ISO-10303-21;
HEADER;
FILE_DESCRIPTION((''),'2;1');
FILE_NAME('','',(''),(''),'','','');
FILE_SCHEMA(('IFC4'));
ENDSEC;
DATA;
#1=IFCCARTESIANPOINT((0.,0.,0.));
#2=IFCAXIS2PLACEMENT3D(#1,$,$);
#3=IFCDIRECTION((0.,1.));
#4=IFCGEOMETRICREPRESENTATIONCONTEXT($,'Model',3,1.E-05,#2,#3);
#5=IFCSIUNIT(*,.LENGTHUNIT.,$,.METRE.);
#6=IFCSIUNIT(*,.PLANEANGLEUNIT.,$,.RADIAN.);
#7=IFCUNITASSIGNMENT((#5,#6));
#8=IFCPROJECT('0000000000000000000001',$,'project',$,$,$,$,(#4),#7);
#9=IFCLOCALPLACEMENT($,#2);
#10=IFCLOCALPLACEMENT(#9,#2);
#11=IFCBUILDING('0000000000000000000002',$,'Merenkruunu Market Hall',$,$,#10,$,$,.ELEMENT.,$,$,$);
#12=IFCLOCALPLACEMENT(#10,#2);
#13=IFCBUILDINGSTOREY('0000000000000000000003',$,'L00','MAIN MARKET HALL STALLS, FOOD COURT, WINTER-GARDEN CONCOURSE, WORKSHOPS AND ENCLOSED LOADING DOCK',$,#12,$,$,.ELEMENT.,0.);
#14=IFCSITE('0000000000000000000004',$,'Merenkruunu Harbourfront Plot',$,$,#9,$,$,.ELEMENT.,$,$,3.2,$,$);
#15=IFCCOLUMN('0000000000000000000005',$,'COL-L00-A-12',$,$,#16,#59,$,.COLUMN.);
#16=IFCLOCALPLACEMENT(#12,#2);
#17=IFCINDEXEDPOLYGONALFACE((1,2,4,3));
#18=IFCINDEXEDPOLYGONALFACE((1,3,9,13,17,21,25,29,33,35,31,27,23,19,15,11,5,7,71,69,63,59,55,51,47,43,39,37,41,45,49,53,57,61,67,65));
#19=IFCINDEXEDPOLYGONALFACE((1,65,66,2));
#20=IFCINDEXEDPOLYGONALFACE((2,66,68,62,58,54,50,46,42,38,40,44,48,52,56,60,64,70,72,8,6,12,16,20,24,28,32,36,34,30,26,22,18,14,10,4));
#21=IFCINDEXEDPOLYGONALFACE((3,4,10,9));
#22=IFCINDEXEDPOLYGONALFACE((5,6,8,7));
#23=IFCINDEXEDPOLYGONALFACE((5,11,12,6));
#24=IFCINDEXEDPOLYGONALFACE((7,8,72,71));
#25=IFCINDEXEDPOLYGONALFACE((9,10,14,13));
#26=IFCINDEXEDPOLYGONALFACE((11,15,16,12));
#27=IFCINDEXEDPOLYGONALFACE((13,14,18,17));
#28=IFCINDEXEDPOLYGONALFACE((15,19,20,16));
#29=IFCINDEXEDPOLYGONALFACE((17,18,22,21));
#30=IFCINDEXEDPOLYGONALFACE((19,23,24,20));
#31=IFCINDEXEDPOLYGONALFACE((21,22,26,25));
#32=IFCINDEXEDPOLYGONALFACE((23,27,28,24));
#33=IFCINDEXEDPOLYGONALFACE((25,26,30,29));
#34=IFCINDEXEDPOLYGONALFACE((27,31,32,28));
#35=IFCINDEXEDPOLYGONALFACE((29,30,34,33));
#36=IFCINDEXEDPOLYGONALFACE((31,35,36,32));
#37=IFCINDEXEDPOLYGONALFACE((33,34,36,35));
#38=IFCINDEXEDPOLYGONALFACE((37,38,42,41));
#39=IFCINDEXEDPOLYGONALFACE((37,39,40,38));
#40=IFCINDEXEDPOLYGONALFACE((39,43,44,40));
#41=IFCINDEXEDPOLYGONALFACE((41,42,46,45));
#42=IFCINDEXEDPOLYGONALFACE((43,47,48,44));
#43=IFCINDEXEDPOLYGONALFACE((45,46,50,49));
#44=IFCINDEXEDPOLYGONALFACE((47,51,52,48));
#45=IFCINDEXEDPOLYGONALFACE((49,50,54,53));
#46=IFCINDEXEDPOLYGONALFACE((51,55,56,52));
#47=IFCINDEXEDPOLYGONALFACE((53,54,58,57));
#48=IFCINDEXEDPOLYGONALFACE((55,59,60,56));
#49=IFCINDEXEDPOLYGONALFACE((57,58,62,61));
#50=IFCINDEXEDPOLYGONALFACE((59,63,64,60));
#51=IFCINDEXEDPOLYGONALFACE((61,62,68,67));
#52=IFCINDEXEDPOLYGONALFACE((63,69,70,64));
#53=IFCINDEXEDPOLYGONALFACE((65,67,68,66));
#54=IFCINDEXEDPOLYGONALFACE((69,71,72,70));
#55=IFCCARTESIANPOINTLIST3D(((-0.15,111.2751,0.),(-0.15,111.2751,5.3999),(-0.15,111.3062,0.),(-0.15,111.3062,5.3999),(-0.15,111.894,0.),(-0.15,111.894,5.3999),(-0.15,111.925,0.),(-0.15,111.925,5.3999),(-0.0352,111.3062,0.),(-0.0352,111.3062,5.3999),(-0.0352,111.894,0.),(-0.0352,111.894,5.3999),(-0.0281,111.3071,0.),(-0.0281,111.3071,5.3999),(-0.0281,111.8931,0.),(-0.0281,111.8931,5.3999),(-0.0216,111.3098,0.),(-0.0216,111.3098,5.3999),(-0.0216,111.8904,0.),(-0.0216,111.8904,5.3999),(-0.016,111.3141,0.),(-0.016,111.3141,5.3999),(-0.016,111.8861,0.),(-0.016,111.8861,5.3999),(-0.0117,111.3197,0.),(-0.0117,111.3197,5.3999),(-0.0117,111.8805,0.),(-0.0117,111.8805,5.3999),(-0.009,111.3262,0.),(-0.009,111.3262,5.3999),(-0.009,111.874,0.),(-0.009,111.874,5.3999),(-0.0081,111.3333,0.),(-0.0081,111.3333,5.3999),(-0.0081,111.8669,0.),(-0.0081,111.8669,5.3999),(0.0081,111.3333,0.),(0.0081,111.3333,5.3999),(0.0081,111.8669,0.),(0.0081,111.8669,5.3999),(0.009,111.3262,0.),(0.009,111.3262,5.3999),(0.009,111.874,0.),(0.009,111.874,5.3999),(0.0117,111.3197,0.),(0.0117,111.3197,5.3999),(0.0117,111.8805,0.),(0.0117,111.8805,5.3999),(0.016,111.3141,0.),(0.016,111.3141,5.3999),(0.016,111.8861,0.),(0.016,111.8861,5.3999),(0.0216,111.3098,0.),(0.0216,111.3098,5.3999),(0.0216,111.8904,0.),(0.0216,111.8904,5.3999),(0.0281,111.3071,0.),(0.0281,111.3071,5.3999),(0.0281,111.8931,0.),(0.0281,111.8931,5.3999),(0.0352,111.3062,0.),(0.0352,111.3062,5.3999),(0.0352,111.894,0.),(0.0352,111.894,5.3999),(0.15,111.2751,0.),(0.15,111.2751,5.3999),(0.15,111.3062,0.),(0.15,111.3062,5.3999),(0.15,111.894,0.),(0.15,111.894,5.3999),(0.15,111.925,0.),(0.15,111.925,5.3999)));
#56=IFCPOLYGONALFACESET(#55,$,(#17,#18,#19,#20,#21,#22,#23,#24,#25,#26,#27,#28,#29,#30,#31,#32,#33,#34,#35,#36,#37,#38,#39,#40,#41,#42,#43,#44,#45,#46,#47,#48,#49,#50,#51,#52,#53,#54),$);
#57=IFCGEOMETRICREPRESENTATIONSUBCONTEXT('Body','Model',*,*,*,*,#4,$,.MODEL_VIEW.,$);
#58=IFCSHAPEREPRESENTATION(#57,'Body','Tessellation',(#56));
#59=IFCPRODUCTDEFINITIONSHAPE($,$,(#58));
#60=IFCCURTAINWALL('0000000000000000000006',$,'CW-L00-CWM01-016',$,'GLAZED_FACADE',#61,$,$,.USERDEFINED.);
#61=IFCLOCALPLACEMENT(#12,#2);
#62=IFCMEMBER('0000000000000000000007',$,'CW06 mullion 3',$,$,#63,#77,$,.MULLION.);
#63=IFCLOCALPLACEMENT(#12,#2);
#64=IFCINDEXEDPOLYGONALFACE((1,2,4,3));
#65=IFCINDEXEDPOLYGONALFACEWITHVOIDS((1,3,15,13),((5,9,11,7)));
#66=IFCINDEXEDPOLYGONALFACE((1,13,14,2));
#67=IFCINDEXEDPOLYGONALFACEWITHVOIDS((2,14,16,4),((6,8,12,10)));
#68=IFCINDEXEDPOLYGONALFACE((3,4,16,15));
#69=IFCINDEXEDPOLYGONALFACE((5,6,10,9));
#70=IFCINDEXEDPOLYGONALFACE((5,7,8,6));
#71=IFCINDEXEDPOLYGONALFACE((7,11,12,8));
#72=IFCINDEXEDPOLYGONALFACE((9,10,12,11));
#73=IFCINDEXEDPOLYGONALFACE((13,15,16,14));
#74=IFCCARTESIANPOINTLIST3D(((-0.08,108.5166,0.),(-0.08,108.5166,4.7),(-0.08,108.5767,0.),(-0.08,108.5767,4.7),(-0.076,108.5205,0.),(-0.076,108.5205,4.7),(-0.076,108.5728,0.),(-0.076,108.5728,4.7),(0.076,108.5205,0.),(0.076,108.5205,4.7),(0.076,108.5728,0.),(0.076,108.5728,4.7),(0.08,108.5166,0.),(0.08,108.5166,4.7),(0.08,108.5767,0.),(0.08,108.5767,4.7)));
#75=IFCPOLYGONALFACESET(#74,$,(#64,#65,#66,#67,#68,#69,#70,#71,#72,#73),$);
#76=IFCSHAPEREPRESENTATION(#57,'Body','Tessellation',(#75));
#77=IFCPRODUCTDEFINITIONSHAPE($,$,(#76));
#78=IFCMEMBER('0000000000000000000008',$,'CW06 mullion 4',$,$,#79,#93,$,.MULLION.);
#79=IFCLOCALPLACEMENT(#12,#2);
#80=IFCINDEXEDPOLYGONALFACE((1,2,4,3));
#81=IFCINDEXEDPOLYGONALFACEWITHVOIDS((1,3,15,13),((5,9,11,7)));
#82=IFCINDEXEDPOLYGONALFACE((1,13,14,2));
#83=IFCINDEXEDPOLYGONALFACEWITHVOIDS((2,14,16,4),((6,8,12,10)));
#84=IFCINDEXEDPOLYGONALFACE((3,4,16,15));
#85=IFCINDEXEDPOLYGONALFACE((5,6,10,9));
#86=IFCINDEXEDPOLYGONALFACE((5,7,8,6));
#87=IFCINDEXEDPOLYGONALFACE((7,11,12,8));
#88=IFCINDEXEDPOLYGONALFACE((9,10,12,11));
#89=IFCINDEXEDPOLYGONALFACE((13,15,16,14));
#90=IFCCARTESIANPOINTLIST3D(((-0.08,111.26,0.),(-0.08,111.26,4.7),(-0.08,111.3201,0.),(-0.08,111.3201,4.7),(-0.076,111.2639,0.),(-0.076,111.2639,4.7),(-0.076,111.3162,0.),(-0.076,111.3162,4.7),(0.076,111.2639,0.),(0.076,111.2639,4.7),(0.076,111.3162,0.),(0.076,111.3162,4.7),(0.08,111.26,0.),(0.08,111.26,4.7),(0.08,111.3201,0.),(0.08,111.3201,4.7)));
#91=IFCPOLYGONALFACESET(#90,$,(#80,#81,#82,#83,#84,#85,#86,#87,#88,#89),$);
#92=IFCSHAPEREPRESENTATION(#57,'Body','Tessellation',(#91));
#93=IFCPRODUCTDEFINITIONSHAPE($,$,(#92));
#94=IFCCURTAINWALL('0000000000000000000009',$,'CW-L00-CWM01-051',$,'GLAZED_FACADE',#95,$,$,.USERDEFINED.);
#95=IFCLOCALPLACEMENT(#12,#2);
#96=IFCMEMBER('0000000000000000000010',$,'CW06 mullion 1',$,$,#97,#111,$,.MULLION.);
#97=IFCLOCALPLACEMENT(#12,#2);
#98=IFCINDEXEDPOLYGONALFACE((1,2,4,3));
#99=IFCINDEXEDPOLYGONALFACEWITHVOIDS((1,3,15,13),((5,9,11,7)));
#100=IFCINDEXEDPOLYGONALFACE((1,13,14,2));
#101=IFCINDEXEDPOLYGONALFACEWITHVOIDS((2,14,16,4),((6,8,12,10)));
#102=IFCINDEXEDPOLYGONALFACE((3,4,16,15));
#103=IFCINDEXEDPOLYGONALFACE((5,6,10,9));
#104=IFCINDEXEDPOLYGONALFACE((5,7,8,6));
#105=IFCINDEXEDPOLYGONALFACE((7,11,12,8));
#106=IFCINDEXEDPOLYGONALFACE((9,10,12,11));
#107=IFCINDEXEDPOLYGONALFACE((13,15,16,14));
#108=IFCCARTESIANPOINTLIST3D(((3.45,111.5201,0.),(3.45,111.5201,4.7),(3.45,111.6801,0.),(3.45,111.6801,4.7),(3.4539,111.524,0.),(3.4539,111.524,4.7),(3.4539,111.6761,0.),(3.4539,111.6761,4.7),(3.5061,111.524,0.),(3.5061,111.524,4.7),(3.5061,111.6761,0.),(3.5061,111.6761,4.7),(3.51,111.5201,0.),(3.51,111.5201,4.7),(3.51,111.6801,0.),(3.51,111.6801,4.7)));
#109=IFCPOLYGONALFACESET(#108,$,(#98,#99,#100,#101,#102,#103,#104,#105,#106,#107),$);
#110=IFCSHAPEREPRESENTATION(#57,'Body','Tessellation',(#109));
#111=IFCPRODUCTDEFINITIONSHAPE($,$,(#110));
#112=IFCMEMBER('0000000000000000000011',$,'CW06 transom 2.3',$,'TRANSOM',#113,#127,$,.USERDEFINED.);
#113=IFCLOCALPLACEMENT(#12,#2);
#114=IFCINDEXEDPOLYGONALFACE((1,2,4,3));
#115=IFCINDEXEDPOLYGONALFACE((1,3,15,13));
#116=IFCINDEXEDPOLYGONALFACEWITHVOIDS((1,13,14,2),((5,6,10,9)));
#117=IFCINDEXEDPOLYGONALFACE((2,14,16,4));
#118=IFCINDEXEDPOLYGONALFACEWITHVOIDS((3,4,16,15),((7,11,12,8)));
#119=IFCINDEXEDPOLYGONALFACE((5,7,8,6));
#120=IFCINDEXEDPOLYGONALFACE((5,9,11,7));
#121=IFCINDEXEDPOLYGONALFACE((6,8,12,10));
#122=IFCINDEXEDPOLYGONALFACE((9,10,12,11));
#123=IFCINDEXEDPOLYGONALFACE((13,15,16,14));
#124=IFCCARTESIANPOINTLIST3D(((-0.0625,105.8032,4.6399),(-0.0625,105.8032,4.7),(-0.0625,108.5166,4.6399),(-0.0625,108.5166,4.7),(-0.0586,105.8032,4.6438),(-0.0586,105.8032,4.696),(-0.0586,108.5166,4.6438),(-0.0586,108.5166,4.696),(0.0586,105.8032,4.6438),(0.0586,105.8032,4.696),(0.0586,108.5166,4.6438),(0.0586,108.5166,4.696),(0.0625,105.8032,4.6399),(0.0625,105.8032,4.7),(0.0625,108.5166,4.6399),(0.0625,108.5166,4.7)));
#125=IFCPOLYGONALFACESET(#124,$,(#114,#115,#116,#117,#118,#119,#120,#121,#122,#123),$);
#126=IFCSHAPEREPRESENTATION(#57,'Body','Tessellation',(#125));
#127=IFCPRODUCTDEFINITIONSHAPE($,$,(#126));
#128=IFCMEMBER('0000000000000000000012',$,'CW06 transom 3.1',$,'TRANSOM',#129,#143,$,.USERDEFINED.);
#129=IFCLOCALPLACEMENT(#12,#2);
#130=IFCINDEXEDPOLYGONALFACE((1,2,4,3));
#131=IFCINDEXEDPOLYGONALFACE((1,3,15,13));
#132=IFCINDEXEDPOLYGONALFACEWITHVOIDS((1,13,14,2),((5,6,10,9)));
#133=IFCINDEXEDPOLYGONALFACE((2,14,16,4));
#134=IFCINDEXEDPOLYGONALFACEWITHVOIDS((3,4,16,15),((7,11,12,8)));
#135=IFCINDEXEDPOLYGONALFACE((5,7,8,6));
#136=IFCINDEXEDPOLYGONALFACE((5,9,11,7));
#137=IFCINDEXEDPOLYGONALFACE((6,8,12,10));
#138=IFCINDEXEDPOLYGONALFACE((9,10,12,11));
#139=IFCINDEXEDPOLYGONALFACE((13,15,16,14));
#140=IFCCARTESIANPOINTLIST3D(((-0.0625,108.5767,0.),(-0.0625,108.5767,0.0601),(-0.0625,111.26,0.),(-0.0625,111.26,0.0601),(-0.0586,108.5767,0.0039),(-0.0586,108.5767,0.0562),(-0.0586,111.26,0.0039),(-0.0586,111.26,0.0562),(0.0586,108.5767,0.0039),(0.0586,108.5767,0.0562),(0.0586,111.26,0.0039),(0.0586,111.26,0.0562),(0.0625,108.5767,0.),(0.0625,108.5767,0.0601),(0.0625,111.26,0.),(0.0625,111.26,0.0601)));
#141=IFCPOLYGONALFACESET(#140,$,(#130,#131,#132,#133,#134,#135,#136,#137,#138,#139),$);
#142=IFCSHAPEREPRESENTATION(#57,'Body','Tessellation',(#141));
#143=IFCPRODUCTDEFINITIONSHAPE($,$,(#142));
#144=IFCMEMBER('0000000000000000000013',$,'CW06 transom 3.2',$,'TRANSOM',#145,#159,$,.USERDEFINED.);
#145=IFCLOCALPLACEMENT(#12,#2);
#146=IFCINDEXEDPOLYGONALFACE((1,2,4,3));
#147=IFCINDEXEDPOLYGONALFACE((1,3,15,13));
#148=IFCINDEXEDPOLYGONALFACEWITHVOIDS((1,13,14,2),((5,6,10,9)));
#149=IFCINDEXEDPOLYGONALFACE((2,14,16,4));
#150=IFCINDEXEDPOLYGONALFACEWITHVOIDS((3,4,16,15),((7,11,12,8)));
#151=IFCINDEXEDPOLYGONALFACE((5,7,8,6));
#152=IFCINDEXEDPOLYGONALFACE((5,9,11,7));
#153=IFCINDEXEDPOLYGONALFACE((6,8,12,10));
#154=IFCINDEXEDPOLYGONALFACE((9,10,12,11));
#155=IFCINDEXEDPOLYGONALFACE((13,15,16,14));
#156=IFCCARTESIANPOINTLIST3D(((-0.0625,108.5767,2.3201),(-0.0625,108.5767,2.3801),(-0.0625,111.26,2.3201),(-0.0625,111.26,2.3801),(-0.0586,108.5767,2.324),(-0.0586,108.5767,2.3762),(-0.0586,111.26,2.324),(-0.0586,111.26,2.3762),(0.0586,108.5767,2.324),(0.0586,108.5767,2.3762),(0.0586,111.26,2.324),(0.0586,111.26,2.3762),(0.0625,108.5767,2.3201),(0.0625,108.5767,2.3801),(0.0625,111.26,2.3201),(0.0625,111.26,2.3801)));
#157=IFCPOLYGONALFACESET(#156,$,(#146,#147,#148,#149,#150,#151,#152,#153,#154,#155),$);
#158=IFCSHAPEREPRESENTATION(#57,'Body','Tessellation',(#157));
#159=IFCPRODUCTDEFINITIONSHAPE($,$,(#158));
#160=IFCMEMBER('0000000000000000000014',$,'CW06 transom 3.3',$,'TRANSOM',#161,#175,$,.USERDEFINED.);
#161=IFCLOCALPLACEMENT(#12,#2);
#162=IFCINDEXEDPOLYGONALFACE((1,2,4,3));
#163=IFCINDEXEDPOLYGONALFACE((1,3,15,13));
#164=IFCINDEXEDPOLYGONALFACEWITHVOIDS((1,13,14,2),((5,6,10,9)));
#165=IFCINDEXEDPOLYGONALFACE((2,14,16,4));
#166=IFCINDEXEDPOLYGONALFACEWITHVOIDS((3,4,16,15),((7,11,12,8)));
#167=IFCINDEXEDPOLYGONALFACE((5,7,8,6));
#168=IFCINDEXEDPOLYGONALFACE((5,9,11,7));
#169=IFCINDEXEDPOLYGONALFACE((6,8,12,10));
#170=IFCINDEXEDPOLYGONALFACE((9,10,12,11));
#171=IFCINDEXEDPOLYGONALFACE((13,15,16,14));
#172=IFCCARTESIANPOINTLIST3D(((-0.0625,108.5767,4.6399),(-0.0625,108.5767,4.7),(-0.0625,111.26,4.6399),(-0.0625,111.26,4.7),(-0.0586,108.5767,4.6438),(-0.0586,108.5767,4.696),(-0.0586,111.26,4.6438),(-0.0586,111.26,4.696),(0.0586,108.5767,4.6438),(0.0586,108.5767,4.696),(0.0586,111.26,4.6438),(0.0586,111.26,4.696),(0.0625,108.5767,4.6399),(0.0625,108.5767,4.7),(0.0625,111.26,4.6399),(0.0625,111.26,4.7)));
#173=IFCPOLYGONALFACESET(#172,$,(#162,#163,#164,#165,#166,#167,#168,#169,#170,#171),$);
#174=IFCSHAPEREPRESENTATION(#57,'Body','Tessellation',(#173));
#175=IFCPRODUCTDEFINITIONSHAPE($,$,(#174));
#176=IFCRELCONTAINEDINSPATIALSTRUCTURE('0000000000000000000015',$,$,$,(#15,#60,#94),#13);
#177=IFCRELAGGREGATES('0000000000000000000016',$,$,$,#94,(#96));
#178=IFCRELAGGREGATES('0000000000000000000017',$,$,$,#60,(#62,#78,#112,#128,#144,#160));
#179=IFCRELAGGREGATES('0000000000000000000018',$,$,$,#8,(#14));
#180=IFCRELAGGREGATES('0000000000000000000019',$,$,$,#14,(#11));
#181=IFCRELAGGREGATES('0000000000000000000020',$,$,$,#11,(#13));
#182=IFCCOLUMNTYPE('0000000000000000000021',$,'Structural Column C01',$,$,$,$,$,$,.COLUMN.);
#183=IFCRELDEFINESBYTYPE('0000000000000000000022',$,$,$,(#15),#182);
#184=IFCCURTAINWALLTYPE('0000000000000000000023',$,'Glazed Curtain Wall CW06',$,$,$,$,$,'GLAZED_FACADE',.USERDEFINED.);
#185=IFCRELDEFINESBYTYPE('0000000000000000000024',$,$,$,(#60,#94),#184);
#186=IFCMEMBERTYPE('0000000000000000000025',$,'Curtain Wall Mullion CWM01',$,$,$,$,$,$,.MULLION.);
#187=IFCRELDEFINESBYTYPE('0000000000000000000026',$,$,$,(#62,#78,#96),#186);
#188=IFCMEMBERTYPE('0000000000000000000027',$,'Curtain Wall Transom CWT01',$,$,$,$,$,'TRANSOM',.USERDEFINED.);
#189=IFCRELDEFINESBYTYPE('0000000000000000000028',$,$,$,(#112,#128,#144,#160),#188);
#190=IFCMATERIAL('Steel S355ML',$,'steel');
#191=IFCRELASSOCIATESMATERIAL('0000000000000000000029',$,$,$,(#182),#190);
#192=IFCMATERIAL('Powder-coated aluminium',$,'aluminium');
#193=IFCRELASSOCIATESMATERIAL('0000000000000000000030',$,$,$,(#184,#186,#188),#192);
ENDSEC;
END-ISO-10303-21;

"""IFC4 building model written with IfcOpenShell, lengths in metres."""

from ifc_helpers import new_model, si_unit, direction, frame, origin, origin_2d, place, context, subcontext, project, spatial, hollow_rectangle, i_section, extrude, material, material_profile, profile_set, type_object, element, aggregate, save


model = new_model("IFC4")

# Units and contexts
model_context = context("Model", 3, precision=1e-05, world=origin(), true_north=direction((0.0, 1.0)))
body_context = subcontext(model_context, "Body", "Model", "MODEL_VIEW")
ifc_project = project(units=[si_unit("LENGTHUNIT", "METRE"), si_unit("PLANEANGLEUNIT", "RADIAN")], contexts=[model_context])

# Site, building, storey
site_placement = place(None, origin())
site = spatial("IfcSite", under=ifc_project, at=site_placement, Name="Merenkruunu Harbourfront Plot", CompositionType="ELEMENT", RefElevation=3.2)
building_placement = place(site_placement, origin())
building = spatial("IfcBuilding", under=site, at=building_placement, Name="Merenkruunu Market Hall", CompositionType="ELEMENT")
storey_placement = place(building_placement, origin())
storey = spatial("IfcBuildingStorey", under=building, at=storey_placement, Name="L00", Description="MAIN MARKET HALL STALLS, FOOD COURT, WINTER-GARDEN CONCOURSE, WORKSHOPS AND ENCLOSED LOADING DOCK", CompositionType="ELEMENT", Elevation=0.0)

# Column
ifc_material_1 = material(Name="Steel S355ML", Category="steel")
ifc_material_profile_1 = material_profile(ifc_material_1, i_section(OverallWidth=0.3, OverallDepth=0.6499, WebThickness=0.0161, FlangeThickness=0.031, FilletRadius=0.0271, at=origin_2d()), Name="HEB 650")
ifc_profile_set_1 = profile_set([ifc_material_profile_1], Name="Steel S355ML")
column_type = type_object("IfcColumnType", Name="Structural Column C01", PredefinedType="COLUMN", material=ifc_profile_set_1)
column_placement = place(storey_placement, frame((0.0, 111.6001, 0.0), z_axis=(0.0, 0.0, 1.0), x_axis=(1.0, 0.0, 0.0)))
element("IfcColumn", 1, at=column_placement, inside=storey, type_object=column_type, Name="COL-L00-A-12", PredefinedType="COLUMN", context=body_context, shape_type="SweptSolid", body=[
    extrude(i_section(OverallWidth=0.3, OverallDepth=0.6499, WebThickness=0.0161, FlangeThickness=0.031, FilletRadius=0.0271, at=origin_2d()), origin(), (0.0, 0.0, 1.0), 5.3999),
])

# Curtain wall, members
ifc_material_2 = material(Name="Powder-coated aluminium", Category="aluminium")
curtain_wall_type = type_object("IfcCurtainWallType", Name="Glazed Curtain Wall CW06", ElementType="GLAZED_FACADE", PredefinedType="USERDEFINED", material=ifc_material_2)
curtain_wall_1_placement = place(storey_placement, origin())
curtain_wall_1 = element("IfcCurtainWall", 2, at=curtain_wall_1_placement, inside=storey, type_object=curtain_wall_type, Name="CW-L00-CWM01-016", ObjectType="GLAZED_FACADE", PredefinedType="USERDEFINED")
ifc_material_profile_2 = material_profile(ifc_material_2, hollow_rectangle(XDim=0.0601, YDim=0.1599, WallThickness=0.0039, at=origin_2d()), Name="ALU 60x160x4")
ifc_profile_set_2 = profile_set([ifc_material_profile_2], Name="Powder-coated aluminium")
member_type_1 = type_object("IfcMemberType", Name="Curtain Wall Mullion CWM01", PredefinedType="MULLION", material=ifc_profile_set_2)
member_1_placement = place(storey_placement, frame((0.0, 108.5466, 0.0), z_axis=(0.0, 0.0, 1.0), x_axis=(0.0, 1.0, 0.0)))
member_1 = element("IfcMember", 3, at=member_1_placement, type_object=member_type_1, Name="CW06 mullion 3", PredefinedType="MULLION", context=body_context, shape_type="SweptSolid", body=[
    extrude(hollow_rectangle(XDim=0.0601, YDim=0.1599, WallThickness=0.0039, at=origin_2d()), origin(), (0.0, 0.0, 1.0), 4.7),
])
member_2_placement = place(storey_placement, frame((0.0, 111.29, 0.0), z_axis=(0.0, 0.0, 1.0), x_axis=(0.0, 1.0, 0.0)))
member_2 = element("IfcMember", 4, at=member_2_placement, type_object=member_type_1, Name="CW06 mullion 4", PredefinedType="MULLION", context=body_context, shape_type="SweptSolid", body=[
    extrude(hollow_rectangle(XDim=0.0601, YDim=0.1599, WallThickness=0.0039, at=origin_2d()), origin(), (0.0, 0.0, 1.0), 4.7),
])

# Curtain wall, member
curtain_wall_2_placement = place(storey_placement, origin())
curtain_wall_2 = element("IfcCurtainWall", 5, at=curtain_wall_2_placement, inside=storey, type_object=curtain_wall_type, Name="CW-L00-CWM01-051", ObjectType="GLAZED_FACADE", PredefinedType="USERDEFINED")
member_3_placement = place(storey_placement, frame((3.48, 111.6001, 0.0), z_axis=(0.0, 0.0, 1.0), x_axis=(1.0, 0.0, 0.0)))
member_3 = element("IfcMember", 6, at=member_3_placement, type_object=member_type_1, Name="CW06 mullion 1", PredefinedType="MULLION", context=body_context, shape_type="SweptSolid", body=[
    extrude(hollow_rectangle(XDim=0.0601, YDim=0.1599, WallThickness=0.0039, at=origin_2d()), origin(), (0.0, 0.0, 1.0), 4.7),
])
aggregate(curtain_wall_2, [member_3])

# Members
ifc_material_profile_3 = material_profile(ifc_material_2, hollow_rectangle(XDim=0.0601, YDim=0.125, WallThickness=0.0039, at=origin_2d()), Name="ALU 60x125x4")
ifc_profile_set_3 = profile_set([ifc_material_profile_3], Name="Powder-coated aluminium")
member_type_2 = type_object("IfcMemberType", Name="Curtain Wall Transom CWT01", ElementType="TRANSOM", PredefinedType="USERDEFINED", material=ifc_profile_set_3)
member_4_placement = place(storey_placement, frame((0.0, 105.8032, 4.6699), z_axis=(0.0, 1.0, 0.0), x_axis=(0.0, 0.0, 1.0)))
member_4 = element("IfcMember", 7, at=member_4_placement, type_object=member_type_2, Name="CW06 transom 2.3", ObjectType="TRANSOM", PredefinedType="USERDEFINED", context=body_context, shape_type="SweptSolid", body=[
    extrude(hollow_rectangle(XDim=0.0601, YDim=0.125, WallThickness=0.0039, at=origin_2d()), origin(), (0.0, 0.0, 1.0), 2.7134),
])
member_5_placement = place(storey_placement, frame((0.0, 108.5767, 0.03), z_axis=(0.0, 1.0, 0.0), x_axis=(0.0, 0.0, 1.0)))
member_5 = element("IfcMember", 8, at=member_5_placement, type_object=member_type_2, Name="CW06 transom 3.1", ObjectType="TRANSOM", PredefinedType="USERDEFINED", context=body_context, shape_type="SweptSolid", body=[
    extrude(hollow_rectangle(XDim=0.0601, YDim=0.125, WallThickness=0.0039, at=origin_2d()), origin(), (0.0, 0.0, 1.0), 2.6833),
])
member_6_placement = place(storey_placement, frame((0.0, 108.5767, 2.3501), z_axis=(0.0, 1.0, 0.0), x_axis=(0.0, 0.0, 1.0)))
member_6 = element("IfcMember", 9, at=member_6_placement, type_object=member_type_2, Name="CW06 transom 3.2", ObjectType="TRANSOM", PredefinedType="USERDEFINED", context=body_context, shape_type="SweptSolid", body=[
    extrude(hollow_rectangle(XDim=0.0601, YDim=0.125, WallThickness=0.0039, at=origin_2d()), origin(), (0.0, 0.0, 1.0), 2.6833),
])
member_7_placement = place(storey_placement, frame((0.0, 108.5767, 4.6699), z_axis=(0.0, 1.0, 0.0), x_axis=(0.0, 0.0, 1.0)))
member_7 = element("IfcMember", 10, at=member_7_placement, type_object=member_type_2, Name="CW06 transom 3.3", ObjectType="TRANSOM", PredefinedType="USERDEFINED", context=body_context, shape_type="SweptSolid", body=[
    extrude(hollow_rectangle(XDim=0.0601, YDim=0.125, WallThickness=0.0039, at=origin_2d()), origin(), (0.0, 0.0, 1.0), 2.6833),
])

aggregate(curtain_wall_1, [member_1, member_2, member_4, member_5, member_6, member_7])

save(model, "model.ifc")
